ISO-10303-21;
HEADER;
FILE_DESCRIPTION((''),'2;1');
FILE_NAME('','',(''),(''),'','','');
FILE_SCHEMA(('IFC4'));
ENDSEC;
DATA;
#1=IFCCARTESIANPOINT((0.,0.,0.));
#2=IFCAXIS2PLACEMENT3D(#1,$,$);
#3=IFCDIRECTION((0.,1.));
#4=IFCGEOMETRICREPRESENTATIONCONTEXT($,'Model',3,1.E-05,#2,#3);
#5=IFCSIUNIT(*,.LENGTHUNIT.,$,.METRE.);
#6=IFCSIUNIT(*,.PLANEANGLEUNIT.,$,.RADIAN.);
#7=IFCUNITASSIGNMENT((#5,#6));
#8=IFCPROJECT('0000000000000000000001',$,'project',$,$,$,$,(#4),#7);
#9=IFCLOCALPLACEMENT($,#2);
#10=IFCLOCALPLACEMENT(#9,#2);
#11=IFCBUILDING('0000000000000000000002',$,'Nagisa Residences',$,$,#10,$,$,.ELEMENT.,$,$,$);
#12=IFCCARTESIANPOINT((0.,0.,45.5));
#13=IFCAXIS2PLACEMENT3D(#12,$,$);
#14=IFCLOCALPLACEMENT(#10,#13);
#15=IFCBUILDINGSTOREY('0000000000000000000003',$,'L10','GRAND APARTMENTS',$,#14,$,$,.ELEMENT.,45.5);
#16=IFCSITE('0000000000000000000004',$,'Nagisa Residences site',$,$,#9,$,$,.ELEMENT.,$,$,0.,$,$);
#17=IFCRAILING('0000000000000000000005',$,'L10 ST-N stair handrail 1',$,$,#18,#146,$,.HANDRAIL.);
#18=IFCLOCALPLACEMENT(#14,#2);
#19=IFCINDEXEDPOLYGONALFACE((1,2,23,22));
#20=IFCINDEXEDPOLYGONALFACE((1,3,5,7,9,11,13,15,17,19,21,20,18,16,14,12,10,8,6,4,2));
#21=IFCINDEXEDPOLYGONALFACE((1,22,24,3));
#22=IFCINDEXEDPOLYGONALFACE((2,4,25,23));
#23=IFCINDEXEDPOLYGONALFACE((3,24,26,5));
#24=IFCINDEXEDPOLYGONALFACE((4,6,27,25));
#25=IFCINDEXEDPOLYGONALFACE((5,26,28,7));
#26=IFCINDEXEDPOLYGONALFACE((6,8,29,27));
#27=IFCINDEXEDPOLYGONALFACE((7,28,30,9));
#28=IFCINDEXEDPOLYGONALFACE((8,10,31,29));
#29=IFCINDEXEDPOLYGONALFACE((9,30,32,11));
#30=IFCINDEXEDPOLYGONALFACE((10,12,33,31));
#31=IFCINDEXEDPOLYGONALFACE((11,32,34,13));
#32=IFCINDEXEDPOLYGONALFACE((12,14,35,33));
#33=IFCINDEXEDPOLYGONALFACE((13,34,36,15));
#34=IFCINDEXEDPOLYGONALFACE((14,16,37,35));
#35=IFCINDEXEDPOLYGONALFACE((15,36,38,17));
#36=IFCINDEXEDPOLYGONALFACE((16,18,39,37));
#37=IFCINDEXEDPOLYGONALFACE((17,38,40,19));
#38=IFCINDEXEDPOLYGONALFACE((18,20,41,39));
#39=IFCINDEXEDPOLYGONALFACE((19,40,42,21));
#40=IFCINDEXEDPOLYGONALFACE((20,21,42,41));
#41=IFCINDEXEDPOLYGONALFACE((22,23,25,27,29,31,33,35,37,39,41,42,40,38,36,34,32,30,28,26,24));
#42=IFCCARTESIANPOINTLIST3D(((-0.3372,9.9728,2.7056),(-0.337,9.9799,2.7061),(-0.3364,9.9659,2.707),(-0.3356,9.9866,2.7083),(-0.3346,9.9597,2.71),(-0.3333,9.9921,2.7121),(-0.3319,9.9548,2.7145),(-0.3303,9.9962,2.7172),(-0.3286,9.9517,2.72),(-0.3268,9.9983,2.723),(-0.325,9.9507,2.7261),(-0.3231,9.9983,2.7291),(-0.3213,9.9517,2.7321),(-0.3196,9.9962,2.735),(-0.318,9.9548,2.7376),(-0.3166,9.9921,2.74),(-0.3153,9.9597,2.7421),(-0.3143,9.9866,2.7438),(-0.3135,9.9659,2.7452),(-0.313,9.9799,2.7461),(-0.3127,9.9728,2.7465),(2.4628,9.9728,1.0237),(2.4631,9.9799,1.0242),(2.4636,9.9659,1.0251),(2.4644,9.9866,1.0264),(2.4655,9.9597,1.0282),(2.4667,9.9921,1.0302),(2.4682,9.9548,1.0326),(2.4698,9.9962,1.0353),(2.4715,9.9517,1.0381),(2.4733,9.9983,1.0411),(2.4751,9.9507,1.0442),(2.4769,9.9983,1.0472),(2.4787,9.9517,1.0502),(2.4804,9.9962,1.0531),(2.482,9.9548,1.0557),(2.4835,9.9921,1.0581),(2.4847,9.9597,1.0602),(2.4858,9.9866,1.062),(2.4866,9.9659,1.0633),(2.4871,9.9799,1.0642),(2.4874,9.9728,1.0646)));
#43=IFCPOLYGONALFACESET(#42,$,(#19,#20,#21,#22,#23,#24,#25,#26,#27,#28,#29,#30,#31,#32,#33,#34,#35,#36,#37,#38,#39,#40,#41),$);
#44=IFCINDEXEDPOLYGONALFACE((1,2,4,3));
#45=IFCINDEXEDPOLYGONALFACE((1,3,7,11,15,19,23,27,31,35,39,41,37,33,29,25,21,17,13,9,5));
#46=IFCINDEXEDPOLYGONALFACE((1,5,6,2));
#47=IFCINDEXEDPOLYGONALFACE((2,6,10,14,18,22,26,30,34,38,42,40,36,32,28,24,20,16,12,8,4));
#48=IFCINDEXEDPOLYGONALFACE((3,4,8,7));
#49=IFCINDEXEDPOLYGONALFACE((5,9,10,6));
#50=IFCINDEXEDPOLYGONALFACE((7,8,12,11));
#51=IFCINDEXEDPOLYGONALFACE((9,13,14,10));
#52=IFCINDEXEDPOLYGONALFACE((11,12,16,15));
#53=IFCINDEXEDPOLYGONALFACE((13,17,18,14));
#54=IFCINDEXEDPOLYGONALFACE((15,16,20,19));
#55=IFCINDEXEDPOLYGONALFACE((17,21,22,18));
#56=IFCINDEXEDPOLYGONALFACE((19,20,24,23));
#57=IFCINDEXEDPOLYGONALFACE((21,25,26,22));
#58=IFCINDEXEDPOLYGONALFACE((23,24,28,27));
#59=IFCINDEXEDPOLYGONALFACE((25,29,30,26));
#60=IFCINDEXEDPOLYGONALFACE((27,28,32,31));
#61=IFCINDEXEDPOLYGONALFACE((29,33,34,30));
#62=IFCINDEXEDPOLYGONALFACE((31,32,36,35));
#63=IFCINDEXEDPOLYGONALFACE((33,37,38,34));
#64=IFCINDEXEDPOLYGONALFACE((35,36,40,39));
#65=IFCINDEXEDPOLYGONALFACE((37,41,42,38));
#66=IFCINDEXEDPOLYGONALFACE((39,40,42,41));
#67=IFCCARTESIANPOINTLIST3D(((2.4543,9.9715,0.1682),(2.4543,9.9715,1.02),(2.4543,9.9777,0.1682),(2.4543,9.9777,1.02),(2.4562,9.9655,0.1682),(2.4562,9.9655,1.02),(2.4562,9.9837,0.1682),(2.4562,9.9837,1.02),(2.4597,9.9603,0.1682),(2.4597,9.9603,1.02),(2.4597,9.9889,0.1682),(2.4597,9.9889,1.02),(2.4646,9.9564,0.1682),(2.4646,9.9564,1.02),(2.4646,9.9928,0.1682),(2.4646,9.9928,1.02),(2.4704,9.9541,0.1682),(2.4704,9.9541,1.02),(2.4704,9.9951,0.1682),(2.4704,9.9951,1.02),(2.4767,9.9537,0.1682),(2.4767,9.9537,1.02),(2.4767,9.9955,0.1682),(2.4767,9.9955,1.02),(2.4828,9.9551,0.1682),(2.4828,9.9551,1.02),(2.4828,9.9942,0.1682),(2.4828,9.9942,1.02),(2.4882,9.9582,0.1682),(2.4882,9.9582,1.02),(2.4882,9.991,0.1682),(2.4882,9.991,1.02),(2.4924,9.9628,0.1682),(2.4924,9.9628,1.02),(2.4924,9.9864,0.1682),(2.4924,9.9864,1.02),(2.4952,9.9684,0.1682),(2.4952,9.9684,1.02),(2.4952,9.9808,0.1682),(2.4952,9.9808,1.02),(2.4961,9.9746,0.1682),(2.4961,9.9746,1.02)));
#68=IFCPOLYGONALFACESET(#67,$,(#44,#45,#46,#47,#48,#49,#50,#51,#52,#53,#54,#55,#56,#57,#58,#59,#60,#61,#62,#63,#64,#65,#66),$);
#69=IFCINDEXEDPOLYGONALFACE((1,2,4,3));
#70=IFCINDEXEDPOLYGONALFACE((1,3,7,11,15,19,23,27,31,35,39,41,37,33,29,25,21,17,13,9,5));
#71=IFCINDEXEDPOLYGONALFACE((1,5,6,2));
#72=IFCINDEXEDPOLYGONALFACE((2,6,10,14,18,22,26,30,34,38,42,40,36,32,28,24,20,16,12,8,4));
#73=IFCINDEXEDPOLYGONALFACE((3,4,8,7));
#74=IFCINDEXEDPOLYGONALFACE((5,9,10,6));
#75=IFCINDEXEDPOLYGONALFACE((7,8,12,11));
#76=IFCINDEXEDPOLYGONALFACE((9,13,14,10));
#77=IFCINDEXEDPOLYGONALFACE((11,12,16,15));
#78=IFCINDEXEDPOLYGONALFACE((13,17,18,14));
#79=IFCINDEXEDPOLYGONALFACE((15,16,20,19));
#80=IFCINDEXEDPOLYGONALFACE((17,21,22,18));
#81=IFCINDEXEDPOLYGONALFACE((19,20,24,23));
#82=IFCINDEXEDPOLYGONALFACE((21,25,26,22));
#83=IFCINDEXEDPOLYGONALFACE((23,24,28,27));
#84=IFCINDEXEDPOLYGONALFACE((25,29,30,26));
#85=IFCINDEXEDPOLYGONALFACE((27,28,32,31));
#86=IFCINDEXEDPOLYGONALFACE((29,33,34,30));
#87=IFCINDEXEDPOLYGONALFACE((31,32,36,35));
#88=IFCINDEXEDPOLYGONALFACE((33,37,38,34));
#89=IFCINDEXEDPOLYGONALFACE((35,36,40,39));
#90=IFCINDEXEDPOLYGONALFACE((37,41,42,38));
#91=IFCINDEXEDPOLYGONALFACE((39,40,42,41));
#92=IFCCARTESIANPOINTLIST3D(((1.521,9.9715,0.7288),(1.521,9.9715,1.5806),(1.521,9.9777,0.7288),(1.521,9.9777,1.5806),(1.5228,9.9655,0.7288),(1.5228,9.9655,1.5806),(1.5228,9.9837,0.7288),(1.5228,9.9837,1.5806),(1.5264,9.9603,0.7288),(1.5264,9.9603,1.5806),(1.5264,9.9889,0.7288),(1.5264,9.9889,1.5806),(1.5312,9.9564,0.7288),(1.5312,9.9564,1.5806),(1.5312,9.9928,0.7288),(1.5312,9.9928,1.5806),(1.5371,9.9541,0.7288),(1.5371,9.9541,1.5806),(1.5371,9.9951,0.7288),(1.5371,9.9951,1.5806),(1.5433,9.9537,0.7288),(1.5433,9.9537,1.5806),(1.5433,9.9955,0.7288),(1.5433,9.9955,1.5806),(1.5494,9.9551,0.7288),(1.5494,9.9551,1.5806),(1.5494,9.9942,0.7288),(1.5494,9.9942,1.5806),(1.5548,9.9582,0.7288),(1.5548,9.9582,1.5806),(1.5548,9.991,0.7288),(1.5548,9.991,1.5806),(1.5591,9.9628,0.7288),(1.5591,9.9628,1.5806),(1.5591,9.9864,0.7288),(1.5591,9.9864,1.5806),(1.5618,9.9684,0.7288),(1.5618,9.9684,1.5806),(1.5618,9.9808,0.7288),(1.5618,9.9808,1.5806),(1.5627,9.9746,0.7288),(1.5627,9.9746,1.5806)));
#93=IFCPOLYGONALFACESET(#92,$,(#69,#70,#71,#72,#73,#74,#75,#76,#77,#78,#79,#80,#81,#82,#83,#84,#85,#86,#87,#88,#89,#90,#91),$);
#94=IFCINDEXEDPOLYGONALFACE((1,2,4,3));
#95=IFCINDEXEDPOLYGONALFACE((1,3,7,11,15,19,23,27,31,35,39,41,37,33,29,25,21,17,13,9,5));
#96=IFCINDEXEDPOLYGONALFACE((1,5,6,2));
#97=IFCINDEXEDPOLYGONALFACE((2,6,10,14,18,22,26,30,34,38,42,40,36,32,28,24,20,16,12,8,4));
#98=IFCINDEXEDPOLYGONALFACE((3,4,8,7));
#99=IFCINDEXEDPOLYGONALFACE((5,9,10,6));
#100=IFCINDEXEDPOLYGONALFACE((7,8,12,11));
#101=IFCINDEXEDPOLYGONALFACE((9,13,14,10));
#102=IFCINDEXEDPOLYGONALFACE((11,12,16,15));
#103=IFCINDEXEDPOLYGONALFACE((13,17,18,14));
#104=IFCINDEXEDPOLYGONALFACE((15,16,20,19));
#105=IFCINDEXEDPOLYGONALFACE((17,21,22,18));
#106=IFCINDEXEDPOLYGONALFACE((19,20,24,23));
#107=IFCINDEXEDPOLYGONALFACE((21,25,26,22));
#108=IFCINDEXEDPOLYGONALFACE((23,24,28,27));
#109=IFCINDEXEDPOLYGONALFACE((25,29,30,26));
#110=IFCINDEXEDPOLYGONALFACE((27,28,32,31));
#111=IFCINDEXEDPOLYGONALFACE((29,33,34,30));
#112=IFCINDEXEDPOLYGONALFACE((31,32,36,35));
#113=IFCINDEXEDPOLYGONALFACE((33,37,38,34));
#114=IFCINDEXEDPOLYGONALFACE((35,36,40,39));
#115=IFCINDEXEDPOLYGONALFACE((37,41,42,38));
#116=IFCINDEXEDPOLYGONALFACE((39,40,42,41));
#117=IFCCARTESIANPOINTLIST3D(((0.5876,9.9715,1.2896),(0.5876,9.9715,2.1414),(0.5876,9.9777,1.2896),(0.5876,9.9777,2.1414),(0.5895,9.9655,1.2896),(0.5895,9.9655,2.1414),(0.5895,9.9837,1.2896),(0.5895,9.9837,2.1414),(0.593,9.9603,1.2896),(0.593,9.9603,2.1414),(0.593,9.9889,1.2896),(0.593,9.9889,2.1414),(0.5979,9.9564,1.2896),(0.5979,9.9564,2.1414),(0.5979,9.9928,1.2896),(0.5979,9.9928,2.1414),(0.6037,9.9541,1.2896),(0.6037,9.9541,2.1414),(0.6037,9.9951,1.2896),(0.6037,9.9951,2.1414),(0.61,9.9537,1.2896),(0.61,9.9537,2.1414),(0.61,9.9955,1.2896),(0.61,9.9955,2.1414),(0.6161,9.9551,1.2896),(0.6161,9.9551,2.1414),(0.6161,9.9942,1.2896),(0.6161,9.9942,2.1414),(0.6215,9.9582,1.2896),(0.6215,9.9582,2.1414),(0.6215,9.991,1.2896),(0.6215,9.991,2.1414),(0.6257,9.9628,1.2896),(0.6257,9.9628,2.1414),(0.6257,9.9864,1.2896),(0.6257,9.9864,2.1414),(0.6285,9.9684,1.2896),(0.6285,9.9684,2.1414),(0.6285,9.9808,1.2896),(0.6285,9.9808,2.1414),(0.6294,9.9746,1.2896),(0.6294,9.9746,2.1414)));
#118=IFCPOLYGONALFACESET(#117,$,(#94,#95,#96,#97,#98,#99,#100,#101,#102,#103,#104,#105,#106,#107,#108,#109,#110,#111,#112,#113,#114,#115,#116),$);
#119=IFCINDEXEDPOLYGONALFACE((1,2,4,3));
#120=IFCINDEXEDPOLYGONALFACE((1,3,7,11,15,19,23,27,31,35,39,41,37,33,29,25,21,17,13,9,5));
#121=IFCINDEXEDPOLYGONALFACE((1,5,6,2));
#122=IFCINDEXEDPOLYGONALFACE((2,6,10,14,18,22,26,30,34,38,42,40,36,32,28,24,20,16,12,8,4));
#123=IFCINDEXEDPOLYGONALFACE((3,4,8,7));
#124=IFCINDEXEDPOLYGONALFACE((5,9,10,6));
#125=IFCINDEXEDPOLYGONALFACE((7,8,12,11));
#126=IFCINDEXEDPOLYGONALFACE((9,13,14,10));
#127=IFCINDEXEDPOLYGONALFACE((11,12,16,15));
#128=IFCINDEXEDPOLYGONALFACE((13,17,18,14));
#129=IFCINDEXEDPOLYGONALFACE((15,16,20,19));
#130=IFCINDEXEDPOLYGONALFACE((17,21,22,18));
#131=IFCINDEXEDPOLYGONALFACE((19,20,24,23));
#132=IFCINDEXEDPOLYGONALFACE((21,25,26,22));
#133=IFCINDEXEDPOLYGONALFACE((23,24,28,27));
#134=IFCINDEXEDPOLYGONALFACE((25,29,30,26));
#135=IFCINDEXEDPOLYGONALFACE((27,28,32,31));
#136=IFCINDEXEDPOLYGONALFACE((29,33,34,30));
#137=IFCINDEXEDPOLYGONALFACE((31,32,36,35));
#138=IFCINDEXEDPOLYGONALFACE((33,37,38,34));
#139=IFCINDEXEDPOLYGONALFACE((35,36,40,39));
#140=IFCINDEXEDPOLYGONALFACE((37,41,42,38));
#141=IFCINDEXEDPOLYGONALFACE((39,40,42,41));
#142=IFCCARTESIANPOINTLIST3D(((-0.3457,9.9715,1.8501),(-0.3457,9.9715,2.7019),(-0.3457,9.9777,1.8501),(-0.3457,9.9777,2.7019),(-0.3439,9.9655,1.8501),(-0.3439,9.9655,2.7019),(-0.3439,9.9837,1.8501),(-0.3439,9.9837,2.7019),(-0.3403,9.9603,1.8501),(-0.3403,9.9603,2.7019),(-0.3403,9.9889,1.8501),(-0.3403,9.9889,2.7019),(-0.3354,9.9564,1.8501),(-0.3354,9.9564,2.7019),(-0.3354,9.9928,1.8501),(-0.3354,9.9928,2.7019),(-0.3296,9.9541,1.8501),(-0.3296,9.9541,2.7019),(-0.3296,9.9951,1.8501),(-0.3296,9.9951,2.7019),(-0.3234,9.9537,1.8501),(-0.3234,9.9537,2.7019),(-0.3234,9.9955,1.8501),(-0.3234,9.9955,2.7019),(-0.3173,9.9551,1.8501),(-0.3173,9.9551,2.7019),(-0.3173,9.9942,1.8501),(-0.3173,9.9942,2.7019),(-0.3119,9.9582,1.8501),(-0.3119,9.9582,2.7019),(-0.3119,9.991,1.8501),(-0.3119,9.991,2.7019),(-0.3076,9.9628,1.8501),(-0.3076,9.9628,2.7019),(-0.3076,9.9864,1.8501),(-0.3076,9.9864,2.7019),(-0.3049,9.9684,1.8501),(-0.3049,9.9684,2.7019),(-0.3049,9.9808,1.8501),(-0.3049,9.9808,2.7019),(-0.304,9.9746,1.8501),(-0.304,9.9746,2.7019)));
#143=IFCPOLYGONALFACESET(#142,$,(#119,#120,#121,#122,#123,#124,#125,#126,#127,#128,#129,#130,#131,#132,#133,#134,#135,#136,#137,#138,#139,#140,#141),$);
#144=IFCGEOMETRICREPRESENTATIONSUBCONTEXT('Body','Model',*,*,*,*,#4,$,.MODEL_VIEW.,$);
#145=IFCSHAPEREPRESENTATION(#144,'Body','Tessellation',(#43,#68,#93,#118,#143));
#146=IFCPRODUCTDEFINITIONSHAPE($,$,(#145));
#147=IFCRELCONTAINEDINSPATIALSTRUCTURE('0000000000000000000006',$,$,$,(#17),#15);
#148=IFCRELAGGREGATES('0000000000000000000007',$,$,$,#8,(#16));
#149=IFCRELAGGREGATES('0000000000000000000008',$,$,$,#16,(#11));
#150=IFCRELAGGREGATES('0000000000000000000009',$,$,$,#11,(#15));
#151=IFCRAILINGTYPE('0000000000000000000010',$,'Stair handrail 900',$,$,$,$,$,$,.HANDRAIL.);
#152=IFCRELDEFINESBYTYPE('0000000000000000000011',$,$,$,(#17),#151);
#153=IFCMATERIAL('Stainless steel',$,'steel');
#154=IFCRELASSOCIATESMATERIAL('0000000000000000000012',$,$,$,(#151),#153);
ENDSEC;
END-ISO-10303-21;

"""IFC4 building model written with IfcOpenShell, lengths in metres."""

from ifc_helpers import new_model, si_unit, direction, frame, origin, origin_2d, place, context, subcontext, project, spatial, circle, extrude, material, type_object, element, save


model = new_model("IFC4")

# Units and contexts
model_context = context("Model", 3, precision=1e-05, world=origin(), true_north=direction((0.0, 1.0)))
body_context = subcontext(model_context, "Body", "Model", "MODEL_VIEW")
ifc_project = project(units=[si_unit("LENGTHUNIT", "METRE"), si_unit("PLANEANGLEUNIT", "RADIAN")], contexts=[model_context])

# Site, building, storey
site_placement = place(None, origin())
site = spatial("IfcSite", under=ifc_project, at=site_placement, Name="Nagisa Residences site", CompositionType="ELEMENT", RefElevation=0.0)
building_placement = place(site_placement, origin())
building = spatial("IfcBuilding", under=site, at=building_placement, Name="Nagisa Residences", CompositionType="ELEMENT")
storey_placement = place(building_placement, frame((0.0, 0.0, 45.5)))
storey = spatial("IfcBuildingStorey", under=building, at=storey_placement, Name="L10", Description="GRAND APARTMENTS", CompositionType="ELEMENT", Elevation=45.5)

# Railing
ifc_material_1 = material(Name="Stainless steel", Category="steel")
railing_type_1 = type_object("IfcRailingType", Name="Stair handrail 900", PredefinedType="HANDRAIL", material=ifc_material_1)
railing_1_placement = place(storey_placement, frame((2.4751, 9.9746, 0.1682)))
element("IfcRailing", 1, at=railing_1_placement, inside=storey, type_object=railing_type_1, Name="L10 ST-N stair handrail 1", PredefinedType="HANDRAIL", context=body_context, shape_type="SweptSolid", body=[
    extrude(circle(Radius=0.0239, at=origin_2d()), frame((0.0, 0.0, 0.876), z_axis=(-0.857242, 0.0, 0.514913), x_axis=(0.0, -1.0, 0.0)), (0.0, 0.0, 1.0), 3.2664),
    extrude(circle(Radius=0.021, at=origin_2d()), origin(), (0.0, 0.0, 1.0), 0.8518),
    extrude(circle(Radius=0.021, at=origin_2d()), frame((-0.9333, 0.0, 0.5605)), (0.0, 0.0, 1.0), 0.8518),
    extrude(circle(Radius=0.021, at=origin_2d()), frame((-1.8667, 0.0, 1.1213)), (0.0, 0.0, 1.0), 0.8518),
    extrude(circle(Radius=0.021, at=origin_2d()), frame((-2.8, 0.0, 1.6819)), (0.0, 0.0, 1.0), 0.8518),
])

save(model, "model.ifc")
